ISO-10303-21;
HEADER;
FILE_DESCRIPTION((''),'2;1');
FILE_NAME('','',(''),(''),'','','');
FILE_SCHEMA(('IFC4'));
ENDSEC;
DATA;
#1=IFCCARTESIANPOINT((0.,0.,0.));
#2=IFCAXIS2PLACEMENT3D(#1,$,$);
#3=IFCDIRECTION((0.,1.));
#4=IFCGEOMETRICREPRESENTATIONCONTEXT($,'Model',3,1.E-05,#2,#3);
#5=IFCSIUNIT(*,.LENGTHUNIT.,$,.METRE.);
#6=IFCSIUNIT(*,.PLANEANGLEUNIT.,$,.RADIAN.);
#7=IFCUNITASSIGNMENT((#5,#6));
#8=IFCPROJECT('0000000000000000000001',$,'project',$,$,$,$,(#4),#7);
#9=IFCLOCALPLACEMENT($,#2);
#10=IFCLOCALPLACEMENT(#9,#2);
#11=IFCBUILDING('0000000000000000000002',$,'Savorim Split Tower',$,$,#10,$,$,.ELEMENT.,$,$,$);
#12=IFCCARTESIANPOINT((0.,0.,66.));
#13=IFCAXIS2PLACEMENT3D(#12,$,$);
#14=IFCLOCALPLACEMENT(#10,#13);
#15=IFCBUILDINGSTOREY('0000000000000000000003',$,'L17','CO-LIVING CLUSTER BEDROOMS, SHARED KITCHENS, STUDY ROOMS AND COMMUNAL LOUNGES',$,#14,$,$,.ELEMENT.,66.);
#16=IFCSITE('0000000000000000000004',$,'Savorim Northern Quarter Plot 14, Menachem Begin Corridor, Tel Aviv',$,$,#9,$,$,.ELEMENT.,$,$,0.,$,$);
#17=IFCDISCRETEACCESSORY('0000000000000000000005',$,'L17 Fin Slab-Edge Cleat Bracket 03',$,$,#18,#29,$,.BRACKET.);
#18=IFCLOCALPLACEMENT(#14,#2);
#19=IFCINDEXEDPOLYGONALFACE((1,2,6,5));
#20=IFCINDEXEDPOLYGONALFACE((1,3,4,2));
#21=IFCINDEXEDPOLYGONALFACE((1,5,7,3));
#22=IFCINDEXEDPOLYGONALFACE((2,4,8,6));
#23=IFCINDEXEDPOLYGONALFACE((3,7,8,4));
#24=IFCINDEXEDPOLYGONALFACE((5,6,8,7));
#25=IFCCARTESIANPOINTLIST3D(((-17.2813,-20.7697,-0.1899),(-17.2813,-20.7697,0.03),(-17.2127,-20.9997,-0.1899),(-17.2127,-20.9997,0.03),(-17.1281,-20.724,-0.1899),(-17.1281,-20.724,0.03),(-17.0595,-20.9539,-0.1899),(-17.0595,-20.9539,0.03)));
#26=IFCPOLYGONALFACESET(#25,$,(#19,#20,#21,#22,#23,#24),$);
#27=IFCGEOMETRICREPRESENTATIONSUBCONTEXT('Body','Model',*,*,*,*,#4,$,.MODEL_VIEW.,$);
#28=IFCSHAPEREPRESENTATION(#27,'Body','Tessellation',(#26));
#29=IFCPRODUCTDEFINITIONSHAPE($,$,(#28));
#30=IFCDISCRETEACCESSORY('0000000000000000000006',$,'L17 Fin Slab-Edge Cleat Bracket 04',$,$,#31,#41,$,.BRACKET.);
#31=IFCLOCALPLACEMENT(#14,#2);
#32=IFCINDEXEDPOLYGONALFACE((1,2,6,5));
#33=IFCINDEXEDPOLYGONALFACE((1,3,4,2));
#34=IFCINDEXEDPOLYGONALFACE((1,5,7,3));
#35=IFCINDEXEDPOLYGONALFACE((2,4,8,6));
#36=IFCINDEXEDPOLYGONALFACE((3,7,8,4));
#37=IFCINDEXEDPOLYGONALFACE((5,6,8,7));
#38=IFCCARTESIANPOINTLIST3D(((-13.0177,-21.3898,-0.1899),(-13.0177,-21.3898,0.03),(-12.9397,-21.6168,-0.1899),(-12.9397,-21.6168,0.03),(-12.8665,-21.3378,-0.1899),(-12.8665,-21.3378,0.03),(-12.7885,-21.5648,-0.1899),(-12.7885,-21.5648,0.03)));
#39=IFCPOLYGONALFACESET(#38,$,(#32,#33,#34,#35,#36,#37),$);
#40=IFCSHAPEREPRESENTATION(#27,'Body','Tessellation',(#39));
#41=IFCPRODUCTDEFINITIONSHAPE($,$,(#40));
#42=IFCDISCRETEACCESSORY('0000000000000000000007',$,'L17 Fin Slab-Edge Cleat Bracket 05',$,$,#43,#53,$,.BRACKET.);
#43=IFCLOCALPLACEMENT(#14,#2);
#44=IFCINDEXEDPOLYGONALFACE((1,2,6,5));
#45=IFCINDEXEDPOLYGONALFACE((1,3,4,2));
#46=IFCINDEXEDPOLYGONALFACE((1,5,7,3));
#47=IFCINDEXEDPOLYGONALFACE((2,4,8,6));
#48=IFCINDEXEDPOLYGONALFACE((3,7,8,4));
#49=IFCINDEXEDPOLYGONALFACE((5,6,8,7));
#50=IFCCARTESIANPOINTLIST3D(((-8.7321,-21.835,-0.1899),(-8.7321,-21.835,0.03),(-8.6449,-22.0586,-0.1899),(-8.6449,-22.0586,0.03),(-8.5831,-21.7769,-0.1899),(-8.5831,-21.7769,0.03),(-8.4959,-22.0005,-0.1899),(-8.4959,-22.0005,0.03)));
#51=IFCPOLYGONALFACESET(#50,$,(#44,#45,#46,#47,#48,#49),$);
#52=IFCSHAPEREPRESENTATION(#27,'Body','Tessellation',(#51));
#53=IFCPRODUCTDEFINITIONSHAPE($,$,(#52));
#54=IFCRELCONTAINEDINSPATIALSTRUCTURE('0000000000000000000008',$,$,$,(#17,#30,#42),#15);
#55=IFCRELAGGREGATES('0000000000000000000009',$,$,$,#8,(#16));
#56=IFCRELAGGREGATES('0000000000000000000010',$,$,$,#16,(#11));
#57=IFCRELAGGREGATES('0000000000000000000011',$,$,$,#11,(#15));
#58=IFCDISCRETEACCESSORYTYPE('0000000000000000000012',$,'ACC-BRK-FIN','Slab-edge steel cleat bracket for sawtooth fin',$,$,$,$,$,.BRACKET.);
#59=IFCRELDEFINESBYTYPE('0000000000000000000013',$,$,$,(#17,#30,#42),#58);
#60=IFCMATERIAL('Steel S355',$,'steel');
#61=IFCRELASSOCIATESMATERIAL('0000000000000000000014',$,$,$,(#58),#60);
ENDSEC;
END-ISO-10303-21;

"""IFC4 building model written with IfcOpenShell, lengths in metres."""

from ifc_helpers import new_model, si_unit, direction, frame, origin, origin_2d, place, context, subcontext, project, spatial, rectangle, extrude, material, type_object, element, save


model = new_model("IFC4")

# Units and contexts
model_context = context("Model", 3, precision=1e-05, world=origin(), true_north=direction((0.0, 1.0)))
body_context = subcontext(model_context, "Body", "Model", "MODEL_VIEW")
ifc_project = project(units=[si_unit("LENGTHUNIT", "METRE"), si_unit("PLANEANGLEUNIT", "RADIAN")], contexts=[model_context])

# Site, building, storey
site_placement = place(None, origin())
site = spatial("IfcSite", under=ifc_project, at=site_placement, Name="Savorim Northern Quarter Plot 14, Menachem Begin Corridor, Tel Aviv", CompositionType="ELEMENT", RefElevation=0.0)
building_placement = place(site_placement, origin())
building = spatial("IfcBuilding", under=site, at=building_placement, Name="Savorim Split Tower", CompositionType="ELEMENT")
storey_placement = place(building_placement, frame((0.0, 0.0, 66.0)))
storey = spatial("IfcBuildingStorey", under=building, at=storey_placement, Name="L17", Description="CO-LIVING CLUSTER BEDROOMS, SHARED KITCHENS, STUDY ROOMS AND COMMUNAL LOUNGES", CompositionType="ELEMENT", Elevation=66.0)

# Shared definitions
ifc_material_1 = material(Name="Steel S355", Category="steel")

# Discrete accessories
discrete_accessory_type = type_object("IfcDiscreteAccessoryType", Name="ACC-BRK-FIN", Description="Slab-edge steel cleat bracket for sawtooth fin", PredefinedType="BRACKET", material=ifc_material_1)
for number, where, z_axis, x_axis, name in (
    (1, (-17.1704, -20.8618, -0.1899), (0.0, 0.0, 1.0), (0.286026, -0.958222, 0.0), "L17 Fin Slab-Edge Cleat Bracket 03"),
    (2, (-12.9031, -21.4773, -0.1899), (0.0, 0.0, 1.0), (0.324994, -0.945716, 0.0), "L17 Fin Slab-Edge Cleat Bracket 04"),
    (3, (-8.614, -21.9177, -0.1899), (0.0, 0.0, 1.0), (0.363415, -0.931627, 0.0), "L17 Fin Slab-Edge Cleat Bracket 05"),
):
    element("IfcDiscreteAccessory", number, at=place(storey_placement, frame(where, z_axis=z_axis, x_axis=x_axis)), inside=storey, type_object=discrete_accessory_type, Name=name, PredefinedType="BRACKET", context=body_context, shape_type="SweptSolid", body=[
        extrude(rectangle(XDim=0.24, YDim=0.1599, at=origin_2d()), origin(), (0.0, 0.0, 1.0), 0.22),
    ])

save(model, "model.ifc")
